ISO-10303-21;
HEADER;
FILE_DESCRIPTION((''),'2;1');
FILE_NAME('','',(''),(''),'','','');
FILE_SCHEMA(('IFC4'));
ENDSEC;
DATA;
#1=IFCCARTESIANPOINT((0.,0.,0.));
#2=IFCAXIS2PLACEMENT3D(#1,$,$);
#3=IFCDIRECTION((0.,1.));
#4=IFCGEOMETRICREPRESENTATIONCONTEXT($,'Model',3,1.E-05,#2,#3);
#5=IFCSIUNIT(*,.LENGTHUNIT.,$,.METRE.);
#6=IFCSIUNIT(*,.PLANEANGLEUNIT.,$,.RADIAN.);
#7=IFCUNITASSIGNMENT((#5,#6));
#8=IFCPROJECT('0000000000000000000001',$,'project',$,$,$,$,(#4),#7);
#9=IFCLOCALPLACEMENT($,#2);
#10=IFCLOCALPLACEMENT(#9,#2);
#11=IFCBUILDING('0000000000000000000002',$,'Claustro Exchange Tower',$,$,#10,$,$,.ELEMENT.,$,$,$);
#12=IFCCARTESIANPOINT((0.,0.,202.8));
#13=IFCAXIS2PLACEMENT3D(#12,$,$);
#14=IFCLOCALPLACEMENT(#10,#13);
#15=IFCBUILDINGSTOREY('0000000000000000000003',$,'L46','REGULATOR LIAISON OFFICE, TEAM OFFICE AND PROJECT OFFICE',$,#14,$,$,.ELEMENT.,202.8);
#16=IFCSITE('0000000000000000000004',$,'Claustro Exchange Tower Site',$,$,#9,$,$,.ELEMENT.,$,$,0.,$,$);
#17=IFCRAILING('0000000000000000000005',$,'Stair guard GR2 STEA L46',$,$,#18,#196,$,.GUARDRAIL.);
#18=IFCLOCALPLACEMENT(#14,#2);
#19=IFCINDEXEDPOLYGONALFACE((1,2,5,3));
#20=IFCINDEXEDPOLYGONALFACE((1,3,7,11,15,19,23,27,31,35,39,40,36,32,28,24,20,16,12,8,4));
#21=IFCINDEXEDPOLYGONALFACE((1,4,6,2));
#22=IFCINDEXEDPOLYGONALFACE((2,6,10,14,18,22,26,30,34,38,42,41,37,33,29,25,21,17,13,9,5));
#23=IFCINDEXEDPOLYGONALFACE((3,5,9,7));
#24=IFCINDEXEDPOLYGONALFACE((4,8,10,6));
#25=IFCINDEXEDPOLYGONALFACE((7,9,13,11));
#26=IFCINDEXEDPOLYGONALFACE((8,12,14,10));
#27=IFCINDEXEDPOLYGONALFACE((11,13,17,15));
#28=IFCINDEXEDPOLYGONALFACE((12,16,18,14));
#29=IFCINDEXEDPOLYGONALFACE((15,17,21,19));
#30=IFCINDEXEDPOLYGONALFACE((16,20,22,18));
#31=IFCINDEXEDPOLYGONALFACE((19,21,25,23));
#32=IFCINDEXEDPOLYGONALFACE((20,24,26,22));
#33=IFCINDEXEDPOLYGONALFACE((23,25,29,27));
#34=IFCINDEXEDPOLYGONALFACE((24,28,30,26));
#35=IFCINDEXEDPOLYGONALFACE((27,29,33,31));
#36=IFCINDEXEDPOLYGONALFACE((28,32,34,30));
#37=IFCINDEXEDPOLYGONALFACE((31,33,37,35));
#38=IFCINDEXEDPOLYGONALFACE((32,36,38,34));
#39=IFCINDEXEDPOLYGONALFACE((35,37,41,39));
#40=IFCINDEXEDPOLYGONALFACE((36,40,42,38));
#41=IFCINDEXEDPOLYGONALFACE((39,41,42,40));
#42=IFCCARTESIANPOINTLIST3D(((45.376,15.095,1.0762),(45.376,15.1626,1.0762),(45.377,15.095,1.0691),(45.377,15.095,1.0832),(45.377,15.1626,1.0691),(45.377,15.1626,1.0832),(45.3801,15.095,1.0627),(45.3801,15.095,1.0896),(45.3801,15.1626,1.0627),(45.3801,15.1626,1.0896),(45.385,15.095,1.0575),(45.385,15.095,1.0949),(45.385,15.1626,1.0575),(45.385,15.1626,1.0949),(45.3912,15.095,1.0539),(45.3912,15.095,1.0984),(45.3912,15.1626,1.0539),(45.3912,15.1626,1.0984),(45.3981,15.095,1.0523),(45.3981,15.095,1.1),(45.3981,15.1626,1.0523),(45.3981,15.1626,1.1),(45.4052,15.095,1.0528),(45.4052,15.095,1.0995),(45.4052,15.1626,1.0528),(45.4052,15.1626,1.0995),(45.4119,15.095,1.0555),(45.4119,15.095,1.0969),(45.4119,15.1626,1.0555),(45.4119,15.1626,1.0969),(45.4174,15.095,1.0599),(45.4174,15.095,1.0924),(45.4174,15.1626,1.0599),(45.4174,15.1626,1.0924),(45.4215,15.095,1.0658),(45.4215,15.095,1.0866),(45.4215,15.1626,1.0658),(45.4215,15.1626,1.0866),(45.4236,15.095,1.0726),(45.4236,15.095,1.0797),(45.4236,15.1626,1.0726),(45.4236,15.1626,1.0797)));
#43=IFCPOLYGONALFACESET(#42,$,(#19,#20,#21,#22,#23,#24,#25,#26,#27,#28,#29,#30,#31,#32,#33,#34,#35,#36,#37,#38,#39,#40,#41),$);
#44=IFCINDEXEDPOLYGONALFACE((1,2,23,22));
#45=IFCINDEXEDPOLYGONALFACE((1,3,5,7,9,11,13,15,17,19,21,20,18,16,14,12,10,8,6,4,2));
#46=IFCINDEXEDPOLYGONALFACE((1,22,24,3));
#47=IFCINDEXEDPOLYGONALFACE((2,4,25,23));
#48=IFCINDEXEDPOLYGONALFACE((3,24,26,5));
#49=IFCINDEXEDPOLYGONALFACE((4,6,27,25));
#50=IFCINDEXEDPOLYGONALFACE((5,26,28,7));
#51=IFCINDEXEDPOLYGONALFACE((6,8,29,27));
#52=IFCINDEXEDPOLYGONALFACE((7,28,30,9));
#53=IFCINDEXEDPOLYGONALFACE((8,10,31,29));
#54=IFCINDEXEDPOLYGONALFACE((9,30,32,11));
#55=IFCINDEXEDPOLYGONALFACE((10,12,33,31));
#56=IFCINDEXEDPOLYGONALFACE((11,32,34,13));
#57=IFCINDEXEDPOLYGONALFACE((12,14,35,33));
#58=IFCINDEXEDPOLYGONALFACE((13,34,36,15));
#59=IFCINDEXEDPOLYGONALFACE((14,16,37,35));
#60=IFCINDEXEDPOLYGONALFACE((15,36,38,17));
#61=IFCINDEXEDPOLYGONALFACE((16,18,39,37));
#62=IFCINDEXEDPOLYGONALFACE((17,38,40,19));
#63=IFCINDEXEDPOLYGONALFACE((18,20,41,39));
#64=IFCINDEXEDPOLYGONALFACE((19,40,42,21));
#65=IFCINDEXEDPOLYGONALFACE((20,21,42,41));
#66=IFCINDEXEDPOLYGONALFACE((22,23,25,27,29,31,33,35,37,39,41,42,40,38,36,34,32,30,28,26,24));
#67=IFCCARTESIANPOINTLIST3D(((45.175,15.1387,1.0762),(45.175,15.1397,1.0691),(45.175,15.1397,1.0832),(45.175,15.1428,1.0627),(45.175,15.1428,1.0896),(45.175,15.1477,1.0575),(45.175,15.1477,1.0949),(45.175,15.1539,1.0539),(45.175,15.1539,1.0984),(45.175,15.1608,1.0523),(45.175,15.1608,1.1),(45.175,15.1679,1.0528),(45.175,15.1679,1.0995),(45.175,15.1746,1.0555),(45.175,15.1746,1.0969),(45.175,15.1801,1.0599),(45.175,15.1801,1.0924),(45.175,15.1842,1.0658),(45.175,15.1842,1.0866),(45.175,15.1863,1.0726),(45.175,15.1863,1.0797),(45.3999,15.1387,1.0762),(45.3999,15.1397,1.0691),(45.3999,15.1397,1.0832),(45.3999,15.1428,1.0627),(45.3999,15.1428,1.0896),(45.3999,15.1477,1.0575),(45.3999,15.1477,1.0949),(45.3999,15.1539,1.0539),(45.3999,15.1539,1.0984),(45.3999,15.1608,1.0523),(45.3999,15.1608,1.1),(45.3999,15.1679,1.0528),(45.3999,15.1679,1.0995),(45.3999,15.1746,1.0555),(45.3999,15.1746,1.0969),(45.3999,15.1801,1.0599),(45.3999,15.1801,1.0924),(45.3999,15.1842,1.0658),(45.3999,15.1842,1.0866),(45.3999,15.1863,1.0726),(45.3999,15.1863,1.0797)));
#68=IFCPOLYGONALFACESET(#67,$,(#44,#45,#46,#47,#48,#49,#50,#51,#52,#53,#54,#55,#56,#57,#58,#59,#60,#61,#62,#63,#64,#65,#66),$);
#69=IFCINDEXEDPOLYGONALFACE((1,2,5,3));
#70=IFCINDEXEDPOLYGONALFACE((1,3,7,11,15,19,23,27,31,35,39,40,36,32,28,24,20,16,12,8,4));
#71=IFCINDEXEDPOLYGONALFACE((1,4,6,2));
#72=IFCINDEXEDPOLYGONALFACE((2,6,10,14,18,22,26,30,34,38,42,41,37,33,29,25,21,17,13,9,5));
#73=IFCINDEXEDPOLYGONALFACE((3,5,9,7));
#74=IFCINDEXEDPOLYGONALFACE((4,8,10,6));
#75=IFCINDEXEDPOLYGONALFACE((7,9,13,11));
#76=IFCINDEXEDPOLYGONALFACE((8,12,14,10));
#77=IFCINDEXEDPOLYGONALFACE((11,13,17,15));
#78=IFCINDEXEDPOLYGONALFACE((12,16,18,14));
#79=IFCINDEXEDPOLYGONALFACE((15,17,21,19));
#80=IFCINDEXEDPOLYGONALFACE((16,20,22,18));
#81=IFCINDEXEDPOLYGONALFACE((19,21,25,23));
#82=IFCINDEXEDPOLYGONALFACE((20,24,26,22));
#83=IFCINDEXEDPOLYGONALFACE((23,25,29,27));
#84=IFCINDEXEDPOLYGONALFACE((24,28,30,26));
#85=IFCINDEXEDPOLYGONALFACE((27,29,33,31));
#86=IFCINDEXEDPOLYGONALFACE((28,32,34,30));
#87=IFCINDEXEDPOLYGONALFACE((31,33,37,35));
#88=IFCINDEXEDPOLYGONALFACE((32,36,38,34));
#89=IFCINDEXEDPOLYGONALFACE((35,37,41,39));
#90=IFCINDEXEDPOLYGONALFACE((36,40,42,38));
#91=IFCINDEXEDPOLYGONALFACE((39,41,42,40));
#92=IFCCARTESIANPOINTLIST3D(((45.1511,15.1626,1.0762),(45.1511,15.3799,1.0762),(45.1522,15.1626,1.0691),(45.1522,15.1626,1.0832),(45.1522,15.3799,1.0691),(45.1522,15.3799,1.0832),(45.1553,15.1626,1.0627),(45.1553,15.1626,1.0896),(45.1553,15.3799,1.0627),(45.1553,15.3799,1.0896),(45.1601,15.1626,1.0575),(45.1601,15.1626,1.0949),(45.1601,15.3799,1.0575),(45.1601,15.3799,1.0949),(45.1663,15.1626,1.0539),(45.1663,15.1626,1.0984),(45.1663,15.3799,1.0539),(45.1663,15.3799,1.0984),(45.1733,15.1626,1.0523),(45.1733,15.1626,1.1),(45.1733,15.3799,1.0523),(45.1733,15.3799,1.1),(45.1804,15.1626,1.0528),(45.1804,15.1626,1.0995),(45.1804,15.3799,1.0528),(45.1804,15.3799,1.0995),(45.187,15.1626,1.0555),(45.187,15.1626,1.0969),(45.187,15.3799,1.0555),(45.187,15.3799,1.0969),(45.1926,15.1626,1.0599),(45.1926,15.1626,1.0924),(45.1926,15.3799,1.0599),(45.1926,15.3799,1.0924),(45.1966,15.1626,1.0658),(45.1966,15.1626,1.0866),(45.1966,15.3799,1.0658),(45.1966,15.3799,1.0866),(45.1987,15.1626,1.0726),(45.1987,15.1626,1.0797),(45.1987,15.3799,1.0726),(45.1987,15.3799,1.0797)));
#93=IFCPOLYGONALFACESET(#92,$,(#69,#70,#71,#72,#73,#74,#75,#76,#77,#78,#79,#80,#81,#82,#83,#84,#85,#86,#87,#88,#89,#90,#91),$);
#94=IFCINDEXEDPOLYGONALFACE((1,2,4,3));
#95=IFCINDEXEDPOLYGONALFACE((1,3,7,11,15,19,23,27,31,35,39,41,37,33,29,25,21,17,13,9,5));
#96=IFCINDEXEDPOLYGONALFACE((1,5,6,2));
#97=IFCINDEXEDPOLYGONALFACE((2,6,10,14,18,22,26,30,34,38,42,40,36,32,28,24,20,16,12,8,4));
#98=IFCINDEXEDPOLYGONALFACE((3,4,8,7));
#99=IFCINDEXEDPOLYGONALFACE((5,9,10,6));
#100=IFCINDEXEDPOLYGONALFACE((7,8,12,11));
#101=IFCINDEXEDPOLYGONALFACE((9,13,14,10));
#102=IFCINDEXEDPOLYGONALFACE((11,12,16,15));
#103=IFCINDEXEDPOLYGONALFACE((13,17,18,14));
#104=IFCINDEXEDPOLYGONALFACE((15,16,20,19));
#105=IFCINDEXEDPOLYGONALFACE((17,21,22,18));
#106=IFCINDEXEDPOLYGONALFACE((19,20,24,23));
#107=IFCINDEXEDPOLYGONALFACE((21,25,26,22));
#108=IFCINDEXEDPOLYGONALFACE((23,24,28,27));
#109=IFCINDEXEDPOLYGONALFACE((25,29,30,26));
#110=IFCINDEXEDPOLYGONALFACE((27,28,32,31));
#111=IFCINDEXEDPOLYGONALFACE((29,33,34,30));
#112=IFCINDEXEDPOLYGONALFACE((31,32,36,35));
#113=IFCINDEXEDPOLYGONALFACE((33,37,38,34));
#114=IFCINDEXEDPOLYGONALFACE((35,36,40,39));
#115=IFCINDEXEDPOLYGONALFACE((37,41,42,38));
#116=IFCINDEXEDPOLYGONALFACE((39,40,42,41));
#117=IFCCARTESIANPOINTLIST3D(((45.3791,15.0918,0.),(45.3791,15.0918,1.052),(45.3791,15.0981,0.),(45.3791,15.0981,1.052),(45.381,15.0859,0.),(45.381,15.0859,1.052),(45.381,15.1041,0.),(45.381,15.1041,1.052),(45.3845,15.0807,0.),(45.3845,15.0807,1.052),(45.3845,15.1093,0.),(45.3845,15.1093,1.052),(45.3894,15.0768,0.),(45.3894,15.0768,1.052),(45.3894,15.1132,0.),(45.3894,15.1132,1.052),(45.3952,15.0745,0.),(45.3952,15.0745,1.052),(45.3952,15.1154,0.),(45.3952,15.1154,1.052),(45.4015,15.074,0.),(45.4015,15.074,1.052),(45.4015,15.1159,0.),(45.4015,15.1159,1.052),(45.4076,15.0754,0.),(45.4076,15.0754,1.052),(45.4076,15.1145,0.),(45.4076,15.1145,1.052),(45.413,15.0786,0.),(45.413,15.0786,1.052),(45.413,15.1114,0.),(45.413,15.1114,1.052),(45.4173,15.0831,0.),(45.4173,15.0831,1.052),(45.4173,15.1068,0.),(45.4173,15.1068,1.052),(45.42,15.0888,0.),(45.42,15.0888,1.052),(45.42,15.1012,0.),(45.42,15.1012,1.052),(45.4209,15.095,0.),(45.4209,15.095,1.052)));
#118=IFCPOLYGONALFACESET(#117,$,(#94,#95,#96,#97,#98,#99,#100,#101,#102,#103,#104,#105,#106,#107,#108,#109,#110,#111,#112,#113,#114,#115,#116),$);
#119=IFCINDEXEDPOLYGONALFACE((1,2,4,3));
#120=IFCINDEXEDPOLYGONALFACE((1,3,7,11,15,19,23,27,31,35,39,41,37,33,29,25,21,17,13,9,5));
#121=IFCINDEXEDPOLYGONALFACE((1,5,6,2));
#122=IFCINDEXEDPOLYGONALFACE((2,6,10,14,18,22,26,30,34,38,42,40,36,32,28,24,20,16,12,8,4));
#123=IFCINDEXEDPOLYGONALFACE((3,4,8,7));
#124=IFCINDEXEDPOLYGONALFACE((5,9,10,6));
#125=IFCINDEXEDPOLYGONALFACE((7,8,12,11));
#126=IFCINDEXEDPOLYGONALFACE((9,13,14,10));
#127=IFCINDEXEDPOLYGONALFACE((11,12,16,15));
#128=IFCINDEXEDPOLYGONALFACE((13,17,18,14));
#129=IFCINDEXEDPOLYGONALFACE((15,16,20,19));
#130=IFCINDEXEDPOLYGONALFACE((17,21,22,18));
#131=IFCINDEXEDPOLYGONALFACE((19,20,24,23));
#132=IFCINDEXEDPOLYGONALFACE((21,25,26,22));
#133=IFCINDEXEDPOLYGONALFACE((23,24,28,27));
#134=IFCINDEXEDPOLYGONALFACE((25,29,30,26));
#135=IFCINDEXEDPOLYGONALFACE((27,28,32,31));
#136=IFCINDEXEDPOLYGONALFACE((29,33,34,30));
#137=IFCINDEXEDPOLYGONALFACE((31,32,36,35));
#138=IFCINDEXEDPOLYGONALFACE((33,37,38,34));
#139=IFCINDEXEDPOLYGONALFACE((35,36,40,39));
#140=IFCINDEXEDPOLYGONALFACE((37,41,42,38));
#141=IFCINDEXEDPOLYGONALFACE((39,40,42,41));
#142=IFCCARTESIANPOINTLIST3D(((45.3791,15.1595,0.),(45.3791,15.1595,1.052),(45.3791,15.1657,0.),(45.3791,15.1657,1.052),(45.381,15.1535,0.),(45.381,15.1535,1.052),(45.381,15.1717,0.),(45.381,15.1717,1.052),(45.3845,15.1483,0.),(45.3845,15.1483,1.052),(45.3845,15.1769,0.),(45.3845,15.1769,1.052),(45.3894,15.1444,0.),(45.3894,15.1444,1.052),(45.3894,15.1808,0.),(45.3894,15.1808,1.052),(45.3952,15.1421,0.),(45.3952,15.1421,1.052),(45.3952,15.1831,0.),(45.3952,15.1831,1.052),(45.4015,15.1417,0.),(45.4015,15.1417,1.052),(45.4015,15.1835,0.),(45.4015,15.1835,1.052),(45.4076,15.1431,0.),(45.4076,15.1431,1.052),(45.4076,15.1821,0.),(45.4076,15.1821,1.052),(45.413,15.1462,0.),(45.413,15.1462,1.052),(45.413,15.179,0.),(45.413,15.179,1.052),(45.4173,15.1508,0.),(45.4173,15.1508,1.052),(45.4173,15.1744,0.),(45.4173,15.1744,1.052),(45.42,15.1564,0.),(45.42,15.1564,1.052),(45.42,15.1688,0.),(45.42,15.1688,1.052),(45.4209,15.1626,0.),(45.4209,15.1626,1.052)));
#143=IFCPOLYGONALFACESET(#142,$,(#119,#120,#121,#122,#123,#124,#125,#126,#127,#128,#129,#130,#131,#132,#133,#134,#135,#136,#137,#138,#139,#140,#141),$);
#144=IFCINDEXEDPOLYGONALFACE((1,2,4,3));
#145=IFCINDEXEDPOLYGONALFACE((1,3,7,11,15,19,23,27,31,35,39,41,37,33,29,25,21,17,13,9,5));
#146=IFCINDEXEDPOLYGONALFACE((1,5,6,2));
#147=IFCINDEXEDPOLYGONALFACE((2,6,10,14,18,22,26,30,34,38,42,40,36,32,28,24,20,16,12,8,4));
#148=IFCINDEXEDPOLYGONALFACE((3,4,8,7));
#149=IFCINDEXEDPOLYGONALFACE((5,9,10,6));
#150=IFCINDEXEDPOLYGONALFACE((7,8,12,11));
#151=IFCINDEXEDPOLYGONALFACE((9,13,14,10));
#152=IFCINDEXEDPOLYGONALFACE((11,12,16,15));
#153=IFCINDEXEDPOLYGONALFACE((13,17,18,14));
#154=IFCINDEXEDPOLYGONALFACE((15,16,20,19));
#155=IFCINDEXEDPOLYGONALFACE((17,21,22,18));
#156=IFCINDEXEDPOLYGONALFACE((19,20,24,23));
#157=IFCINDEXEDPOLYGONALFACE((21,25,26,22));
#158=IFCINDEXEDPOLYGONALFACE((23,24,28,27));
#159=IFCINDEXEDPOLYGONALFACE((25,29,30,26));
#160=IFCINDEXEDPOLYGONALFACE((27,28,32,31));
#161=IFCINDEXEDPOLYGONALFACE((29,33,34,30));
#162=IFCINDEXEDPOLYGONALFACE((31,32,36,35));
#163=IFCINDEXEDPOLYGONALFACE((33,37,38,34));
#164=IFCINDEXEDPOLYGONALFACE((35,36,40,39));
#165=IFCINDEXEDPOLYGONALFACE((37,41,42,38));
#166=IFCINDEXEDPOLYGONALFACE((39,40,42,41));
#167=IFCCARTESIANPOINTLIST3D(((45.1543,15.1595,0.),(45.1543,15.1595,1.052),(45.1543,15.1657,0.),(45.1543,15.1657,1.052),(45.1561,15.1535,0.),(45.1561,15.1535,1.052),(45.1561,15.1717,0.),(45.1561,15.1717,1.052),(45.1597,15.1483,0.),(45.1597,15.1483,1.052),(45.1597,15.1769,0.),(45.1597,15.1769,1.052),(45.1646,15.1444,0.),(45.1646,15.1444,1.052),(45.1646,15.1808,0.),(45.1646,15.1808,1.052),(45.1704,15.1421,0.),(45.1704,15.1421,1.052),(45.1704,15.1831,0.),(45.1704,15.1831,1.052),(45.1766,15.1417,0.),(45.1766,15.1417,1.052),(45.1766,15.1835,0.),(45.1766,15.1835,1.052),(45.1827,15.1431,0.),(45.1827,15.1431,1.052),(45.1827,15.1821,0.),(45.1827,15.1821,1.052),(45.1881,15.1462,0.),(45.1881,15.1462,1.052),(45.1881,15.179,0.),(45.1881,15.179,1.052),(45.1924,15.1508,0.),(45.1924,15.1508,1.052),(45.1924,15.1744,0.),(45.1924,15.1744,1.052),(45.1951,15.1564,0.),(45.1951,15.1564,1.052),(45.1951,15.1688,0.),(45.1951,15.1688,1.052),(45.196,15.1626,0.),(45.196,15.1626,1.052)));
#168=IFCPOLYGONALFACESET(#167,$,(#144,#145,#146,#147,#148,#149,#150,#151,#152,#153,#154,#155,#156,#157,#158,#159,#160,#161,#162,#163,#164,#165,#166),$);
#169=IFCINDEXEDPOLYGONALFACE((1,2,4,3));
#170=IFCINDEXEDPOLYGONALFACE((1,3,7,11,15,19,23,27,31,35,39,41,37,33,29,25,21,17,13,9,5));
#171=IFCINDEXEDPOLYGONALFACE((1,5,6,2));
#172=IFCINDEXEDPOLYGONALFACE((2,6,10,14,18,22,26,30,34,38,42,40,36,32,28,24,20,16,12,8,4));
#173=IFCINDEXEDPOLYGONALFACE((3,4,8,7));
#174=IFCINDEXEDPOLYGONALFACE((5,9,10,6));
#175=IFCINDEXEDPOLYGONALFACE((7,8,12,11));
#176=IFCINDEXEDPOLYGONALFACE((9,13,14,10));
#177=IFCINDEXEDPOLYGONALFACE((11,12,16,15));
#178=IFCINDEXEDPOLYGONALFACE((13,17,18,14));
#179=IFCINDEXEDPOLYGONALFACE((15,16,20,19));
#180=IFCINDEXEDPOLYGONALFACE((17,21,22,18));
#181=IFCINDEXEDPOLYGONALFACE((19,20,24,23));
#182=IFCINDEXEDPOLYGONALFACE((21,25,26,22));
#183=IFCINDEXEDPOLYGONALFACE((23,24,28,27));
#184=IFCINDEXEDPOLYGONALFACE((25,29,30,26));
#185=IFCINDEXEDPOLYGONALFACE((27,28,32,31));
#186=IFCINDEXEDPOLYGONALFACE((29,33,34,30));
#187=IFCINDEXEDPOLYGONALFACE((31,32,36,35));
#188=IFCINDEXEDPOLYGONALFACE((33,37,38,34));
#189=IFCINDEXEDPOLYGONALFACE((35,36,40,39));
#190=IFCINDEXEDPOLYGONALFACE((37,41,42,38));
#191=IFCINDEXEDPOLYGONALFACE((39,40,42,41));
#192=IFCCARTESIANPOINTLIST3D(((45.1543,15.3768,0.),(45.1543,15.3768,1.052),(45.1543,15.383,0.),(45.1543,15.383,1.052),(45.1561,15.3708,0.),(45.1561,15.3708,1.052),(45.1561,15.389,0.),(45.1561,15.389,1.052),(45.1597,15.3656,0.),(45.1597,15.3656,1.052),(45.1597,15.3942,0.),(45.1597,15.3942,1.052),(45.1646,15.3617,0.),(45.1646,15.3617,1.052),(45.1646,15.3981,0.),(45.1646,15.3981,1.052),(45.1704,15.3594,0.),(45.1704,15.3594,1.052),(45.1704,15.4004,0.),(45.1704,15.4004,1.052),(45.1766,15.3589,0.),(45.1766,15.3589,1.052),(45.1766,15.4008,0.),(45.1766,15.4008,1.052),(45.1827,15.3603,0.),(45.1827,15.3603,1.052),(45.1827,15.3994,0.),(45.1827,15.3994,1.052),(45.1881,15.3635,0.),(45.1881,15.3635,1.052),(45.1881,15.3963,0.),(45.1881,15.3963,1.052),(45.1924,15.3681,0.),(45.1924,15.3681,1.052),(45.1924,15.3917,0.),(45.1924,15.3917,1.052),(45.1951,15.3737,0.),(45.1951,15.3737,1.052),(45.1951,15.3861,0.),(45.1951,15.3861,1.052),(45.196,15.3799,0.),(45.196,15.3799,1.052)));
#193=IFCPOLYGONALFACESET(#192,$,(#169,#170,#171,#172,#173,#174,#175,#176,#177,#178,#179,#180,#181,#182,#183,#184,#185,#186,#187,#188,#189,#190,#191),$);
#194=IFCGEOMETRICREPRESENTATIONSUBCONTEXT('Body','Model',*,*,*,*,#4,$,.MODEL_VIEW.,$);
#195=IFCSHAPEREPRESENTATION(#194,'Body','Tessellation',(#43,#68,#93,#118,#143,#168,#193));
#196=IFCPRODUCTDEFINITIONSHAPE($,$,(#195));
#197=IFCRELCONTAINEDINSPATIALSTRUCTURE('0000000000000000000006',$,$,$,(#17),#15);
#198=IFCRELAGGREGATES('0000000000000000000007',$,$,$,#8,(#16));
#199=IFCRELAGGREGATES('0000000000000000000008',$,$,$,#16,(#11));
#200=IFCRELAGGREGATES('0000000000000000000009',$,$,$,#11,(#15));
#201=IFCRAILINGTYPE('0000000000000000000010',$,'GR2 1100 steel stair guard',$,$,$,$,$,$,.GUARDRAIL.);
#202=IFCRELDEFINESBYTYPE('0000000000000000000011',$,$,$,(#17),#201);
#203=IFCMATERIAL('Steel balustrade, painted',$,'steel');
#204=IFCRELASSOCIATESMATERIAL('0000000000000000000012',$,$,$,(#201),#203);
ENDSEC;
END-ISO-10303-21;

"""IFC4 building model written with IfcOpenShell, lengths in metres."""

from ifc_helpers import new_model, si_unit, direction, frame, origin, origin_2d, place, context, subcontext, project, spatial, circle, extrude, material, type_object, element, save


model = new_model("IFC4")

# Units and contexts
model_context = context("Model", 3, precision=1e-05, world=origin(), true_north=direction((0.0, 1.0)))
body_context = subcontext(model_context, "Body", "Model", "MODEL_VIEW")
ifc_project = project(units=[si_unit("LENGTHUNIT", "METRE"), si_unit("PLANEANGLEUNIT", "RADIAN")], contexts=[model_context])

# Site, building, storey
site_placement = place(None, origin())
site = spatial("IfcSite", under=ifc_project, at=site_placement, Name="Claustro Exchange Tower Site", CompositionType="ELEMENT", RefElevation=0.0)
building_placement = place(site_placement, origin())
building = spatial("IfcBuilding", under=site, at=building_placement, Name="Claustro Exchange Tower", CompositionType="ELEMENT")
storey_placement = place(building_placement, frame((0.0, 0.0, 202.8)))
storey = spatial("IfcBuildingStorey", under=building, at=storey_placement, Name="L46", Description="REGULATOR LIAISON OFFICE, TEAM OFFICE AND PROJECT OFFICE", CompositionType="ELEMENT", Elevation=202.8)

# Railing
ifc_material_1 = material(Name="Steel balustrade, painted", Category="steel")
railing_type_1 = type_object("IfcRailingType", Name="GR2 1100 steel stair guard", PredefinedType="GUARDRAIL", material=ifc_material_1)
railing_1_placement = place(storey_placement, frame((45.3999, 15.095, 0.0)))
element("IfcRailing", 1, at=railing_1_placement, inside=storey, type_object=railing_type_1, Name="Stair guard GR2 STEA L46", PredefinedType="GUARDRAIL", context=body_context, shape_type="SweptSolid", body=[
    extrude(circle(Radius=0.0239, at=origin_2d()), frame((0.0, 0.0, 1.0762), z_axis=(0.0, 1.0, 0.0), x_axis=(-1.0, 0.0, 0.0)), (0.0, 0.0, 1.0), 0.0676),
    extrude(circle(Radius=0.0239, at=origin_2d()), frame((0.0, 0.0676, 1.0762), z_axis=(-1.0, 0.0, 0.0), x_axis=(0.0, -1.0, 0.0)), (0.0, 0.0, 1.0), 0.2249),
    extrude(circle(Radius=0.0239, at=origin_2d()), frame((-0.2249, 0.0676, 1.0762), z_axis=(0.0, 1.0, 0.0), x_axis=(-1.0, 0.0, 0.0)), (0.0, 0.0, 1.0), 0.2173),
    extrude(circle(Radius=0.021, at=origin_2d()), origin(), (0.0, 0.0, 1.0), 1.052),
    extrude(circle(Radius=0.021, at=origin_2d()), frame((0.0, 0.0676, 0.0)), (0.0, 0.0, 1.0), 1.052),
    extrude(circle(Radius=0.021, at=origin_2d()), frame((-0.2249, 0.0676, 0.0)), (0.0, 0.0, 1.0), 1.052),
    extrude(circle(Radius=0.021, at=origin_2d()), frame((-0.2249, 0.2849, 0.0)), (0.0, 0.0, 1.0), 1.052),
])

save(model, "model.ifc")
